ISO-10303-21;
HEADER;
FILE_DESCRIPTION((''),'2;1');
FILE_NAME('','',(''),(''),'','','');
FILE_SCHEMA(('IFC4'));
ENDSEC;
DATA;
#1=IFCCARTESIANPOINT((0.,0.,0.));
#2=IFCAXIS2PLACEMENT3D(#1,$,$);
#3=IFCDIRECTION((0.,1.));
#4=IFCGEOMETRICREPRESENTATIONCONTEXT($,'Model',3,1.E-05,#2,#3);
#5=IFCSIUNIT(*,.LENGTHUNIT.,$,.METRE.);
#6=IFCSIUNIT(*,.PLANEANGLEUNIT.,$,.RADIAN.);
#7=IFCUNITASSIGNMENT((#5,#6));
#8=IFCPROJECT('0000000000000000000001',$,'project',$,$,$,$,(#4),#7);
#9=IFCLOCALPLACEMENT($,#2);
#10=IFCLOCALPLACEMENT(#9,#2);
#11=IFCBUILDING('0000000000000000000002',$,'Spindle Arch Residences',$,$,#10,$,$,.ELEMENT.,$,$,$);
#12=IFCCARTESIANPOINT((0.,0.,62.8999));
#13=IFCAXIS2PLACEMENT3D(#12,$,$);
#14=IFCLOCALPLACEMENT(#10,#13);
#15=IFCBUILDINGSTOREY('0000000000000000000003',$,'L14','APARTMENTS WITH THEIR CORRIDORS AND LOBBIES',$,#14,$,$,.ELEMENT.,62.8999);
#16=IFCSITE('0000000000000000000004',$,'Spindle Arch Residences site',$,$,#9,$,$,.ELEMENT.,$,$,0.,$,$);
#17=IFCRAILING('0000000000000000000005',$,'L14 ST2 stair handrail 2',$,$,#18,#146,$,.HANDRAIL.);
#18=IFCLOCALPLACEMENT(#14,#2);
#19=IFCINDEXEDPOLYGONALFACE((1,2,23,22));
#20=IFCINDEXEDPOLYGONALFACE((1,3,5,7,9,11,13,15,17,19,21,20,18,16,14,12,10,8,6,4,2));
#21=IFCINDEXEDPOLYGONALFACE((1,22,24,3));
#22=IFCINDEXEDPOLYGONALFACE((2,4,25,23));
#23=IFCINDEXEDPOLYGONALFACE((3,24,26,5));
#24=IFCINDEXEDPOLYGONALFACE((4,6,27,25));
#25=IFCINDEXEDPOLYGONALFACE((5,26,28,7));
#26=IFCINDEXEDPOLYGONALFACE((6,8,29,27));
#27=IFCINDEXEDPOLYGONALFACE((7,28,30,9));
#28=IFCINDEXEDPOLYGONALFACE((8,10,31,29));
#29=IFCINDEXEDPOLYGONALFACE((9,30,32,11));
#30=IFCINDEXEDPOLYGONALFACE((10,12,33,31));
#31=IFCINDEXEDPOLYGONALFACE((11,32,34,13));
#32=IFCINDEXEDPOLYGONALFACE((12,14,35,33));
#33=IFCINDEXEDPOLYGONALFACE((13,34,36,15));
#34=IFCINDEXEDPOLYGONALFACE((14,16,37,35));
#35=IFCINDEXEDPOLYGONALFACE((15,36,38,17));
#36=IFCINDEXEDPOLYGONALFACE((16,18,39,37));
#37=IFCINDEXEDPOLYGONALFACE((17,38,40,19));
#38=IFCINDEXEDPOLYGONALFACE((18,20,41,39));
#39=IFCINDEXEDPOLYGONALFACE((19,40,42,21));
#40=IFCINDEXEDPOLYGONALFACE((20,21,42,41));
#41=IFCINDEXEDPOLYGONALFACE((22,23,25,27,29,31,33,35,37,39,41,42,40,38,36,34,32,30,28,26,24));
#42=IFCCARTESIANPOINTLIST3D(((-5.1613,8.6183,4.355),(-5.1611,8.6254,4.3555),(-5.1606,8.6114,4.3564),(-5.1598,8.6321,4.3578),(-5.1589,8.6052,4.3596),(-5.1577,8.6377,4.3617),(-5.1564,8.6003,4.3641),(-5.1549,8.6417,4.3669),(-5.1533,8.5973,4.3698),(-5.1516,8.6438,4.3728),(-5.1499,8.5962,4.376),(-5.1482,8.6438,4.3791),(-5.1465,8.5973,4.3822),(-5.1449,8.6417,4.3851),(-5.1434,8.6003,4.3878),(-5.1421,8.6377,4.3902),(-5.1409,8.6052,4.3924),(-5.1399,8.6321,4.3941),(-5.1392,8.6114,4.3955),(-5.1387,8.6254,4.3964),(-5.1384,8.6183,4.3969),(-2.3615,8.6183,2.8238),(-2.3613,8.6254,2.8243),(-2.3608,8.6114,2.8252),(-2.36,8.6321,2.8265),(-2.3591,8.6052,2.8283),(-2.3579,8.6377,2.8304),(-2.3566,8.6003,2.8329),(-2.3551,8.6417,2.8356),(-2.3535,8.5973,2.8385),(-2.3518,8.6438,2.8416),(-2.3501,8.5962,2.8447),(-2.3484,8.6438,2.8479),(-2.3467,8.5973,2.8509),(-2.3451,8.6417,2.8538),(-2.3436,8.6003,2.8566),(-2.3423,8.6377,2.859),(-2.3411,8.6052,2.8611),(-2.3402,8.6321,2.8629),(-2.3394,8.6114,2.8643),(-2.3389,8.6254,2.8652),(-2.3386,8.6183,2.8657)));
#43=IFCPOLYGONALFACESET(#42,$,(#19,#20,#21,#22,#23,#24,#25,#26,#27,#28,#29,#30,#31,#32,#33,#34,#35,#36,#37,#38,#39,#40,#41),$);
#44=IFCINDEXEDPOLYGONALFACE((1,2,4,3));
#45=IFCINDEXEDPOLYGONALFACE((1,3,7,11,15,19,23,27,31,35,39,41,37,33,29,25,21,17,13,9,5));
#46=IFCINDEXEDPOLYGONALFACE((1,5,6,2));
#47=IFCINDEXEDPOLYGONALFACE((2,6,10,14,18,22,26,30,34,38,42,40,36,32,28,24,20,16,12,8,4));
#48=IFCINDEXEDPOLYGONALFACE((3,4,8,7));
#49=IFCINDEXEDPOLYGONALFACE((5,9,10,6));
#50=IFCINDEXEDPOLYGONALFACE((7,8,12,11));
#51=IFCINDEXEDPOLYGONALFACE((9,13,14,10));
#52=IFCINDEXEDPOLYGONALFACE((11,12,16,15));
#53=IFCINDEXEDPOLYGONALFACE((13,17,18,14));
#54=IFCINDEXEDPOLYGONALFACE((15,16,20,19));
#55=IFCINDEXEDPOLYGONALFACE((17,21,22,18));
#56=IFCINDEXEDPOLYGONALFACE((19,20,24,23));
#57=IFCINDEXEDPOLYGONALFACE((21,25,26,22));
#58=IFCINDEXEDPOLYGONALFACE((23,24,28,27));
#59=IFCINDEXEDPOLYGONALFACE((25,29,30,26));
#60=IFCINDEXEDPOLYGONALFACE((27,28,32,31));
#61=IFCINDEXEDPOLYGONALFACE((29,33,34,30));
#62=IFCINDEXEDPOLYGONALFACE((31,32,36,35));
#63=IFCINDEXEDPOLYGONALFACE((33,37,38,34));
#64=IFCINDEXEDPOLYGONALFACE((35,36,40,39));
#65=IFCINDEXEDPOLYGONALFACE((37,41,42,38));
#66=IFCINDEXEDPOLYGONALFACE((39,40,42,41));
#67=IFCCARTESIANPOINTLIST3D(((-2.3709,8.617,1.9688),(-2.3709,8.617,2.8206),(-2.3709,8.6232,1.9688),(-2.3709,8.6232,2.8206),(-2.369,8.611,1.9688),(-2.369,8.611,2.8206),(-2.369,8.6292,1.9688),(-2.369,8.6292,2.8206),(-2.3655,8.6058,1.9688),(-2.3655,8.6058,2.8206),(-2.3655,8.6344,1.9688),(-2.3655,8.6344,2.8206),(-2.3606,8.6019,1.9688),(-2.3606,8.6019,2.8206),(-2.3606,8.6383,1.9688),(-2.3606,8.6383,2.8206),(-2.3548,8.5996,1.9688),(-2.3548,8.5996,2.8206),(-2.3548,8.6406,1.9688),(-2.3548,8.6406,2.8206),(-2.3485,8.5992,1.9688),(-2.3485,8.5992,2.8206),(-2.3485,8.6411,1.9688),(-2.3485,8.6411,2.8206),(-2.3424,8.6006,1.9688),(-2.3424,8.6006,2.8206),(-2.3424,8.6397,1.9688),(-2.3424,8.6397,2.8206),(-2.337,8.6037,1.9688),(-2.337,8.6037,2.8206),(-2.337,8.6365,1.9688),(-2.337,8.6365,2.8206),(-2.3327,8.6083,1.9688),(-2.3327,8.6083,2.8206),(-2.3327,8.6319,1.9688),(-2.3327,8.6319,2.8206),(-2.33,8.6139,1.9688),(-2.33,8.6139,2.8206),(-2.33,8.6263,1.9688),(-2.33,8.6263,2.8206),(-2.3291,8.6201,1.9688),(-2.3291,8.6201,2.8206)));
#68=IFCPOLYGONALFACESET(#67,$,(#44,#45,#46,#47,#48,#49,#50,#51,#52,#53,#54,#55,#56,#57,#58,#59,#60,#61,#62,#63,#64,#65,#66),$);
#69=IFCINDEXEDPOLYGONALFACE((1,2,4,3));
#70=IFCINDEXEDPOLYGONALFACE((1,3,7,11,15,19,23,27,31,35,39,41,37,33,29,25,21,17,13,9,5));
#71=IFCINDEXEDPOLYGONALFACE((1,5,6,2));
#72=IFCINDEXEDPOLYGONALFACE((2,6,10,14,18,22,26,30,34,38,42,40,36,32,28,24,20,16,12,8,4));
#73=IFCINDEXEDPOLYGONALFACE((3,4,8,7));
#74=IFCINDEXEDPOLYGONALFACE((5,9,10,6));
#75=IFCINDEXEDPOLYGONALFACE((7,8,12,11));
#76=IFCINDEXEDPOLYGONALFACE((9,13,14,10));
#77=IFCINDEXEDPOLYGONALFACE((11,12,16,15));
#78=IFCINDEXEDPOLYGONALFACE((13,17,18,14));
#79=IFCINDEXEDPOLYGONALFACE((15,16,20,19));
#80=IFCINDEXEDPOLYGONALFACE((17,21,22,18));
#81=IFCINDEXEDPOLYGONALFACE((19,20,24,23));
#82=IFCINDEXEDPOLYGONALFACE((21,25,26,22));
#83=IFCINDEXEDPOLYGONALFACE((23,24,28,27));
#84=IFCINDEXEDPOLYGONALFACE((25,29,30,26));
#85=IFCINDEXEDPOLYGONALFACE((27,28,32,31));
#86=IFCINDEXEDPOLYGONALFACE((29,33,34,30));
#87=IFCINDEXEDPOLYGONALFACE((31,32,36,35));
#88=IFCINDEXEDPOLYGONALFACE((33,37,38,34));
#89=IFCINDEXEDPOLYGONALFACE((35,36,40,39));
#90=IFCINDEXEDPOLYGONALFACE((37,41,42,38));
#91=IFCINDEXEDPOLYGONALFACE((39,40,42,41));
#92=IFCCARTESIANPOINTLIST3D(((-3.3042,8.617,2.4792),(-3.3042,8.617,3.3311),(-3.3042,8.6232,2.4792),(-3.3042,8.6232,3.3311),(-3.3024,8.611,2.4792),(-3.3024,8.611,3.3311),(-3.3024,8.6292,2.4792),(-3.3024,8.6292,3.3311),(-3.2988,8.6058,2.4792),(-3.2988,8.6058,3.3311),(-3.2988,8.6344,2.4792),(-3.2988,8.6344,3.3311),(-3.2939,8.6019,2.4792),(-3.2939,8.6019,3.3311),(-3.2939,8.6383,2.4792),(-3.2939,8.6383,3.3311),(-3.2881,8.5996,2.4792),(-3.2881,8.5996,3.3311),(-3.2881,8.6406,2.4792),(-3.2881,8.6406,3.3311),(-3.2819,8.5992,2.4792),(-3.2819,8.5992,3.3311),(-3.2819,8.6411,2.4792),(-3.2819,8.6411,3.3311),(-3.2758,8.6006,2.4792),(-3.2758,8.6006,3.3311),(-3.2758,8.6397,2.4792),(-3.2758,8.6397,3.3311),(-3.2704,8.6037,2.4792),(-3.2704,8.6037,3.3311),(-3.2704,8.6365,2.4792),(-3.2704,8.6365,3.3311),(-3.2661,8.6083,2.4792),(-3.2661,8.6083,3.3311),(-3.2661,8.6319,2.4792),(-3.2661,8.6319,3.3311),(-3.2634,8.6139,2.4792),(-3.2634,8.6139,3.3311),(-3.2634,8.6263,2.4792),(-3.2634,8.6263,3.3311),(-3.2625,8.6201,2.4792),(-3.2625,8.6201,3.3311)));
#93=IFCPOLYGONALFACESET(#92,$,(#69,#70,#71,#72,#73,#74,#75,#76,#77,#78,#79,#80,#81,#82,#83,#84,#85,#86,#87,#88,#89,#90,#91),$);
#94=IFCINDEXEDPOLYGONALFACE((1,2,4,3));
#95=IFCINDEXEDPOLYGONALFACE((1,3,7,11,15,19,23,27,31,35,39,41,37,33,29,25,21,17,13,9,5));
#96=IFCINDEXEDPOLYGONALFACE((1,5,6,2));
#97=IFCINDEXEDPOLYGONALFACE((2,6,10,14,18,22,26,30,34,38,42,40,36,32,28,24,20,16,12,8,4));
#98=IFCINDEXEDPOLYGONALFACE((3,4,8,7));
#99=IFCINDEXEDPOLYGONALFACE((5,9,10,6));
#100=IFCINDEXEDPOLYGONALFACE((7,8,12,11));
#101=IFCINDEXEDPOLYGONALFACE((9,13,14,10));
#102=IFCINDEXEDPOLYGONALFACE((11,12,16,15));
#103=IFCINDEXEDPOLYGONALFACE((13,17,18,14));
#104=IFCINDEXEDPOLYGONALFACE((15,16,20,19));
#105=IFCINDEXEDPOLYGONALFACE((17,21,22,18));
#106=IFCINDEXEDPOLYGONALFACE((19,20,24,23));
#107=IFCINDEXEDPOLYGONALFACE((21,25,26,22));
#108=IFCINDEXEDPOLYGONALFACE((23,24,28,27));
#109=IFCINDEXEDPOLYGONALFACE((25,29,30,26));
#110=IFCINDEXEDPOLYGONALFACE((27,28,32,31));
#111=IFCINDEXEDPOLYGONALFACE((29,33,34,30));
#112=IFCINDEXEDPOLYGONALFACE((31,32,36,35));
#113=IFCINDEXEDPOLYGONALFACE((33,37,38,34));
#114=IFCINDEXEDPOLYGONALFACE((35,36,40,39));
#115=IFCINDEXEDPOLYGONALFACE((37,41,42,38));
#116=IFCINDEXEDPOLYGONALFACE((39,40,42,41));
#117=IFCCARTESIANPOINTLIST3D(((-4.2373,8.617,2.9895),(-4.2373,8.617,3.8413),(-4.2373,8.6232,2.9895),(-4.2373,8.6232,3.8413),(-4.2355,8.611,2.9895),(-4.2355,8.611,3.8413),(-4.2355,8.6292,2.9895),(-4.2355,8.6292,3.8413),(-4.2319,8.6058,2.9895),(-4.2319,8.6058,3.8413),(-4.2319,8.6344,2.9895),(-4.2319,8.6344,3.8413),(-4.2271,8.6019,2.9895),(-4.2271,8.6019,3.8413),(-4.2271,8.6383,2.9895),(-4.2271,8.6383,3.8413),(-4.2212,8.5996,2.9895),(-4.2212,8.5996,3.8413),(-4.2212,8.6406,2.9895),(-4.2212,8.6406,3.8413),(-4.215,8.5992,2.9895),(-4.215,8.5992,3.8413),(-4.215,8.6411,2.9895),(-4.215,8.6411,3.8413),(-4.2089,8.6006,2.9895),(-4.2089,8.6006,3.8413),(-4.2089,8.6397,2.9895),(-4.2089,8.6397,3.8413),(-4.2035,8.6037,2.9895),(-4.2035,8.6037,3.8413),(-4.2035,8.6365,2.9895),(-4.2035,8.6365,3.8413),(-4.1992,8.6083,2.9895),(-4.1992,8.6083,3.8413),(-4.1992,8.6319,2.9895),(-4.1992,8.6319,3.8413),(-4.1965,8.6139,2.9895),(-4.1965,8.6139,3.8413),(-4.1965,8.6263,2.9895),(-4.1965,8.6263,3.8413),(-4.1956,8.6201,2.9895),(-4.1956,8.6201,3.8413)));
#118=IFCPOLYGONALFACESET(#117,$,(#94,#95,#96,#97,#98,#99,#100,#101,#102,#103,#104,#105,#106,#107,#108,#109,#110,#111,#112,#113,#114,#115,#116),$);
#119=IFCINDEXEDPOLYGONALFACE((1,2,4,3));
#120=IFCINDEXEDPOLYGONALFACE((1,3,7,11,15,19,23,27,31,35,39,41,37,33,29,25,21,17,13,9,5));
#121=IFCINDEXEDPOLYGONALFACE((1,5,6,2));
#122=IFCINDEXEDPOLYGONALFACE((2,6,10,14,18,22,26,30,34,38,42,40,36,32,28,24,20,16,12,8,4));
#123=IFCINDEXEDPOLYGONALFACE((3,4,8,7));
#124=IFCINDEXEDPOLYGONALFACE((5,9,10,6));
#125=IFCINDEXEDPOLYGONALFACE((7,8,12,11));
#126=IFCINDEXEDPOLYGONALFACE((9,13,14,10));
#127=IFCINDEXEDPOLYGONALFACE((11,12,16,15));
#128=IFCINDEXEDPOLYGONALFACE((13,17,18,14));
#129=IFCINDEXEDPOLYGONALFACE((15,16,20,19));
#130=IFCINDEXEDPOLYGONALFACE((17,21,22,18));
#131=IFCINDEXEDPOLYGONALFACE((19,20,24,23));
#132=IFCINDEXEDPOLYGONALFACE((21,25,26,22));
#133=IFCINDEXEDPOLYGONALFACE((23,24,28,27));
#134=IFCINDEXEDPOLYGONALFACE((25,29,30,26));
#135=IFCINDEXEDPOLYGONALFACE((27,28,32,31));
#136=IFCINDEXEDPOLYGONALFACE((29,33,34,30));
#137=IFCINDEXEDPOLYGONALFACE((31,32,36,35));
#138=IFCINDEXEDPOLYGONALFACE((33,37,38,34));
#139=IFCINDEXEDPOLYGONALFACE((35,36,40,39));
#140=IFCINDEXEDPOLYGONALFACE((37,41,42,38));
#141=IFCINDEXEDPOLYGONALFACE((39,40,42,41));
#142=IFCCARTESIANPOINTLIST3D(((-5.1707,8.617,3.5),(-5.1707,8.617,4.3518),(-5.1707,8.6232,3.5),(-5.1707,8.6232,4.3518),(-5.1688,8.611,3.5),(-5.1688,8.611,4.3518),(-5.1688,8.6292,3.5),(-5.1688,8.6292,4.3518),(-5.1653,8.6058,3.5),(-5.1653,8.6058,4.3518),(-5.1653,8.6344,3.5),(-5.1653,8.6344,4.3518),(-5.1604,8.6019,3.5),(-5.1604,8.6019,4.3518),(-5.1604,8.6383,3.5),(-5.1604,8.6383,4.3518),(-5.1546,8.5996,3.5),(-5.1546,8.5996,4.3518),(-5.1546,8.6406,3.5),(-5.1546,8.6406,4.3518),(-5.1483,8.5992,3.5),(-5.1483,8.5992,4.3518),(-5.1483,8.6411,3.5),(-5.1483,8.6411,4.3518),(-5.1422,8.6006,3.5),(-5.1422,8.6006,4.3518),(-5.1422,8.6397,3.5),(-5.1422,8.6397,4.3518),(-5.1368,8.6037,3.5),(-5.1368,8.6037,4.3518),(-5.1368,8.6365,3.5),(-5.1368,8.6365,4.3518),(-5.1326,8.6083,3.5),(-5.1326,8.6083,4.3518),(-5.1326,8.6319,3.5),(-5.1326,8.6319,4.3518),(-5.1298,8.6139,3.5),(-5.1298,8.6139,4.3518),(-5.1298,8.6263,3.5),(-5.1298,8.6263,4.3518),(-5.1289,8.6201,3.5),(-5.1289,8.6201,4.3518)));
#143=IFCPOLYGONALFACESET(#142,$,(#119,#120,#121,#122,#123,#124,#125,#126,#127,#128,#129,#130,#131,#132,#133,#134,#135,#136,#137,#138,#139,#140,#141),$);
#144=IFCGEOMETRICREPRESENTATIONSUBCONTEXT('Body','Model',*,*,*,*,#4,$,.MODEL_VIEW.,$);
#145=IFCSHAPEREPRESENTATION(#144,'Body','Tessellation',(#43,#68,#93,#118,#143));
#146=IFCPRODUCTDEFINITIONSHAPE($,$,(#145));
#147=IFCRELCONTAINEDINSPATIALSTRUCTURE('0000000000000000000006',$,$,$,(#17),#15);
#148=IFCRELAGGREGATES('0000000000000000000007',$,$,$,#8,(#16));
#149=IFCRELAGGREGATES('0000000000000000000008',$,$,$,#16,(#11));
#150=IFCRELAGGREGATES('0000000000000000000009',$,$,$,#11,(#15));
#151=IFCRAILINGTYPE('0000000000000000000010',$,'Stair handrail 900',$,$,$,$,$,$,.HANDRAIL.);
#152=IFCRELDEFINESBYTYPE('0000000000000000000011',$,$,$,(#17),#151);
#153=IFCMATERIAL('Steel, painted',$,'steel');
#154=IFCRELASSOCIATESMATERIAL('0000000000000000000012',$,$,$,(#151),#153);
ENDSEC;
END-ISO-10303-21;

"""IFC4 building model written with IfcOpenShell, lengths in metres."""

from ifc_helpers import new_model, si_unit, direction, frame, origin, origin_2d, place, context, subcontext, project, spatial, circle, extrude, material, type_object, element, save


model = new_model("IFC4")

# Units and contexts
model_context = context("Model", 3, precision=1e-05, world=origin(), true_north=direction((0.0, 1.0)))
body_context = subcontext(model_context, "Body", "Model", "MODEL_VIEW")
ifc_project = project(units=[si_unit("LENGTHUNIT", "METRE"), si_unit("PLANEANGLEUNIT", "RADIAN")], contexts=[model_context])

# Site, building, storey
site_placement = place(None, origin())
site = spatial("IfcSite", under=ifc_project, at=site_placement, Name="Spindle Arch Residences site", CompositionType="ELEMENT", RefElevation=0.0)
building_placement = place(site_placement, origin())
building = spatial("IfcBuilding", under=site, at=building_placement, Name="Spindle Arch Residences", CompositionType="ELEMENT")
storey_placement = place(building_placement, frame((0.0, 0.0, 62.8999)))
storey = spatial("IfcBuildingStorey", under=building, at=storey_placement, Name="L14", Description="APARTMENTS WITH THEIR CORRIDORS AND LOBBIES", CompositionType="ELEMENT", Elevation=62.8999)

# Railing
ifc_material_1 = material(Name="Steel, painted", Category="steel")
railing_type_1 = type_object("IfcRailingType", Name="Stair handrail 900", PredefinedType="HANDRAIL", material=ifc_material_1)
railing_1_placement = place(storey_placement, frame((-2.3501, 8.6201, 1.9688)))
element("IfcRailing", 1, at=railing_1_placement, inside=storey, type_object=railing_type_1, Name="L14 ST2 stair handrail 2", PredefinedType="HANDRAIL", context=body_context, shape_type="SweptSolid", body=[
    extrude(circle(Radius=0.0239, at=origin_2d()), frame((0.0, 0.0, 0.876), z_axis=(-0.877357, 0.0, 0.479838), x_axis=(0.0, -1.0, 0.0)), (0.0, 0.0, 1.0), 3.1912),
    extrude(circle(Radius=0.021, at=origin_2d()), origin(), (0.0, 0.0, 1.0), 0.8518),
    extrude(circle(Radius=0.021, at=origin_2d()), frame((-0.9333, 0.0, 0.5105)), (0.0, 0.0, 1.0), 0.8518),
    extrude(circle(Radius=0.021, at=origin_2d()), frame((-1.8665, 0.0, 1.0208)), (0.0, 0.0, 1.0), 0.8518),
    extrude(circle(Radius=0.021, at=origin_2d()), frame((-2.7998, 0.0, 1.5312)), (0.0, 0.0, 1.0), 0.8518),
])

save(model, "model.ifc")
